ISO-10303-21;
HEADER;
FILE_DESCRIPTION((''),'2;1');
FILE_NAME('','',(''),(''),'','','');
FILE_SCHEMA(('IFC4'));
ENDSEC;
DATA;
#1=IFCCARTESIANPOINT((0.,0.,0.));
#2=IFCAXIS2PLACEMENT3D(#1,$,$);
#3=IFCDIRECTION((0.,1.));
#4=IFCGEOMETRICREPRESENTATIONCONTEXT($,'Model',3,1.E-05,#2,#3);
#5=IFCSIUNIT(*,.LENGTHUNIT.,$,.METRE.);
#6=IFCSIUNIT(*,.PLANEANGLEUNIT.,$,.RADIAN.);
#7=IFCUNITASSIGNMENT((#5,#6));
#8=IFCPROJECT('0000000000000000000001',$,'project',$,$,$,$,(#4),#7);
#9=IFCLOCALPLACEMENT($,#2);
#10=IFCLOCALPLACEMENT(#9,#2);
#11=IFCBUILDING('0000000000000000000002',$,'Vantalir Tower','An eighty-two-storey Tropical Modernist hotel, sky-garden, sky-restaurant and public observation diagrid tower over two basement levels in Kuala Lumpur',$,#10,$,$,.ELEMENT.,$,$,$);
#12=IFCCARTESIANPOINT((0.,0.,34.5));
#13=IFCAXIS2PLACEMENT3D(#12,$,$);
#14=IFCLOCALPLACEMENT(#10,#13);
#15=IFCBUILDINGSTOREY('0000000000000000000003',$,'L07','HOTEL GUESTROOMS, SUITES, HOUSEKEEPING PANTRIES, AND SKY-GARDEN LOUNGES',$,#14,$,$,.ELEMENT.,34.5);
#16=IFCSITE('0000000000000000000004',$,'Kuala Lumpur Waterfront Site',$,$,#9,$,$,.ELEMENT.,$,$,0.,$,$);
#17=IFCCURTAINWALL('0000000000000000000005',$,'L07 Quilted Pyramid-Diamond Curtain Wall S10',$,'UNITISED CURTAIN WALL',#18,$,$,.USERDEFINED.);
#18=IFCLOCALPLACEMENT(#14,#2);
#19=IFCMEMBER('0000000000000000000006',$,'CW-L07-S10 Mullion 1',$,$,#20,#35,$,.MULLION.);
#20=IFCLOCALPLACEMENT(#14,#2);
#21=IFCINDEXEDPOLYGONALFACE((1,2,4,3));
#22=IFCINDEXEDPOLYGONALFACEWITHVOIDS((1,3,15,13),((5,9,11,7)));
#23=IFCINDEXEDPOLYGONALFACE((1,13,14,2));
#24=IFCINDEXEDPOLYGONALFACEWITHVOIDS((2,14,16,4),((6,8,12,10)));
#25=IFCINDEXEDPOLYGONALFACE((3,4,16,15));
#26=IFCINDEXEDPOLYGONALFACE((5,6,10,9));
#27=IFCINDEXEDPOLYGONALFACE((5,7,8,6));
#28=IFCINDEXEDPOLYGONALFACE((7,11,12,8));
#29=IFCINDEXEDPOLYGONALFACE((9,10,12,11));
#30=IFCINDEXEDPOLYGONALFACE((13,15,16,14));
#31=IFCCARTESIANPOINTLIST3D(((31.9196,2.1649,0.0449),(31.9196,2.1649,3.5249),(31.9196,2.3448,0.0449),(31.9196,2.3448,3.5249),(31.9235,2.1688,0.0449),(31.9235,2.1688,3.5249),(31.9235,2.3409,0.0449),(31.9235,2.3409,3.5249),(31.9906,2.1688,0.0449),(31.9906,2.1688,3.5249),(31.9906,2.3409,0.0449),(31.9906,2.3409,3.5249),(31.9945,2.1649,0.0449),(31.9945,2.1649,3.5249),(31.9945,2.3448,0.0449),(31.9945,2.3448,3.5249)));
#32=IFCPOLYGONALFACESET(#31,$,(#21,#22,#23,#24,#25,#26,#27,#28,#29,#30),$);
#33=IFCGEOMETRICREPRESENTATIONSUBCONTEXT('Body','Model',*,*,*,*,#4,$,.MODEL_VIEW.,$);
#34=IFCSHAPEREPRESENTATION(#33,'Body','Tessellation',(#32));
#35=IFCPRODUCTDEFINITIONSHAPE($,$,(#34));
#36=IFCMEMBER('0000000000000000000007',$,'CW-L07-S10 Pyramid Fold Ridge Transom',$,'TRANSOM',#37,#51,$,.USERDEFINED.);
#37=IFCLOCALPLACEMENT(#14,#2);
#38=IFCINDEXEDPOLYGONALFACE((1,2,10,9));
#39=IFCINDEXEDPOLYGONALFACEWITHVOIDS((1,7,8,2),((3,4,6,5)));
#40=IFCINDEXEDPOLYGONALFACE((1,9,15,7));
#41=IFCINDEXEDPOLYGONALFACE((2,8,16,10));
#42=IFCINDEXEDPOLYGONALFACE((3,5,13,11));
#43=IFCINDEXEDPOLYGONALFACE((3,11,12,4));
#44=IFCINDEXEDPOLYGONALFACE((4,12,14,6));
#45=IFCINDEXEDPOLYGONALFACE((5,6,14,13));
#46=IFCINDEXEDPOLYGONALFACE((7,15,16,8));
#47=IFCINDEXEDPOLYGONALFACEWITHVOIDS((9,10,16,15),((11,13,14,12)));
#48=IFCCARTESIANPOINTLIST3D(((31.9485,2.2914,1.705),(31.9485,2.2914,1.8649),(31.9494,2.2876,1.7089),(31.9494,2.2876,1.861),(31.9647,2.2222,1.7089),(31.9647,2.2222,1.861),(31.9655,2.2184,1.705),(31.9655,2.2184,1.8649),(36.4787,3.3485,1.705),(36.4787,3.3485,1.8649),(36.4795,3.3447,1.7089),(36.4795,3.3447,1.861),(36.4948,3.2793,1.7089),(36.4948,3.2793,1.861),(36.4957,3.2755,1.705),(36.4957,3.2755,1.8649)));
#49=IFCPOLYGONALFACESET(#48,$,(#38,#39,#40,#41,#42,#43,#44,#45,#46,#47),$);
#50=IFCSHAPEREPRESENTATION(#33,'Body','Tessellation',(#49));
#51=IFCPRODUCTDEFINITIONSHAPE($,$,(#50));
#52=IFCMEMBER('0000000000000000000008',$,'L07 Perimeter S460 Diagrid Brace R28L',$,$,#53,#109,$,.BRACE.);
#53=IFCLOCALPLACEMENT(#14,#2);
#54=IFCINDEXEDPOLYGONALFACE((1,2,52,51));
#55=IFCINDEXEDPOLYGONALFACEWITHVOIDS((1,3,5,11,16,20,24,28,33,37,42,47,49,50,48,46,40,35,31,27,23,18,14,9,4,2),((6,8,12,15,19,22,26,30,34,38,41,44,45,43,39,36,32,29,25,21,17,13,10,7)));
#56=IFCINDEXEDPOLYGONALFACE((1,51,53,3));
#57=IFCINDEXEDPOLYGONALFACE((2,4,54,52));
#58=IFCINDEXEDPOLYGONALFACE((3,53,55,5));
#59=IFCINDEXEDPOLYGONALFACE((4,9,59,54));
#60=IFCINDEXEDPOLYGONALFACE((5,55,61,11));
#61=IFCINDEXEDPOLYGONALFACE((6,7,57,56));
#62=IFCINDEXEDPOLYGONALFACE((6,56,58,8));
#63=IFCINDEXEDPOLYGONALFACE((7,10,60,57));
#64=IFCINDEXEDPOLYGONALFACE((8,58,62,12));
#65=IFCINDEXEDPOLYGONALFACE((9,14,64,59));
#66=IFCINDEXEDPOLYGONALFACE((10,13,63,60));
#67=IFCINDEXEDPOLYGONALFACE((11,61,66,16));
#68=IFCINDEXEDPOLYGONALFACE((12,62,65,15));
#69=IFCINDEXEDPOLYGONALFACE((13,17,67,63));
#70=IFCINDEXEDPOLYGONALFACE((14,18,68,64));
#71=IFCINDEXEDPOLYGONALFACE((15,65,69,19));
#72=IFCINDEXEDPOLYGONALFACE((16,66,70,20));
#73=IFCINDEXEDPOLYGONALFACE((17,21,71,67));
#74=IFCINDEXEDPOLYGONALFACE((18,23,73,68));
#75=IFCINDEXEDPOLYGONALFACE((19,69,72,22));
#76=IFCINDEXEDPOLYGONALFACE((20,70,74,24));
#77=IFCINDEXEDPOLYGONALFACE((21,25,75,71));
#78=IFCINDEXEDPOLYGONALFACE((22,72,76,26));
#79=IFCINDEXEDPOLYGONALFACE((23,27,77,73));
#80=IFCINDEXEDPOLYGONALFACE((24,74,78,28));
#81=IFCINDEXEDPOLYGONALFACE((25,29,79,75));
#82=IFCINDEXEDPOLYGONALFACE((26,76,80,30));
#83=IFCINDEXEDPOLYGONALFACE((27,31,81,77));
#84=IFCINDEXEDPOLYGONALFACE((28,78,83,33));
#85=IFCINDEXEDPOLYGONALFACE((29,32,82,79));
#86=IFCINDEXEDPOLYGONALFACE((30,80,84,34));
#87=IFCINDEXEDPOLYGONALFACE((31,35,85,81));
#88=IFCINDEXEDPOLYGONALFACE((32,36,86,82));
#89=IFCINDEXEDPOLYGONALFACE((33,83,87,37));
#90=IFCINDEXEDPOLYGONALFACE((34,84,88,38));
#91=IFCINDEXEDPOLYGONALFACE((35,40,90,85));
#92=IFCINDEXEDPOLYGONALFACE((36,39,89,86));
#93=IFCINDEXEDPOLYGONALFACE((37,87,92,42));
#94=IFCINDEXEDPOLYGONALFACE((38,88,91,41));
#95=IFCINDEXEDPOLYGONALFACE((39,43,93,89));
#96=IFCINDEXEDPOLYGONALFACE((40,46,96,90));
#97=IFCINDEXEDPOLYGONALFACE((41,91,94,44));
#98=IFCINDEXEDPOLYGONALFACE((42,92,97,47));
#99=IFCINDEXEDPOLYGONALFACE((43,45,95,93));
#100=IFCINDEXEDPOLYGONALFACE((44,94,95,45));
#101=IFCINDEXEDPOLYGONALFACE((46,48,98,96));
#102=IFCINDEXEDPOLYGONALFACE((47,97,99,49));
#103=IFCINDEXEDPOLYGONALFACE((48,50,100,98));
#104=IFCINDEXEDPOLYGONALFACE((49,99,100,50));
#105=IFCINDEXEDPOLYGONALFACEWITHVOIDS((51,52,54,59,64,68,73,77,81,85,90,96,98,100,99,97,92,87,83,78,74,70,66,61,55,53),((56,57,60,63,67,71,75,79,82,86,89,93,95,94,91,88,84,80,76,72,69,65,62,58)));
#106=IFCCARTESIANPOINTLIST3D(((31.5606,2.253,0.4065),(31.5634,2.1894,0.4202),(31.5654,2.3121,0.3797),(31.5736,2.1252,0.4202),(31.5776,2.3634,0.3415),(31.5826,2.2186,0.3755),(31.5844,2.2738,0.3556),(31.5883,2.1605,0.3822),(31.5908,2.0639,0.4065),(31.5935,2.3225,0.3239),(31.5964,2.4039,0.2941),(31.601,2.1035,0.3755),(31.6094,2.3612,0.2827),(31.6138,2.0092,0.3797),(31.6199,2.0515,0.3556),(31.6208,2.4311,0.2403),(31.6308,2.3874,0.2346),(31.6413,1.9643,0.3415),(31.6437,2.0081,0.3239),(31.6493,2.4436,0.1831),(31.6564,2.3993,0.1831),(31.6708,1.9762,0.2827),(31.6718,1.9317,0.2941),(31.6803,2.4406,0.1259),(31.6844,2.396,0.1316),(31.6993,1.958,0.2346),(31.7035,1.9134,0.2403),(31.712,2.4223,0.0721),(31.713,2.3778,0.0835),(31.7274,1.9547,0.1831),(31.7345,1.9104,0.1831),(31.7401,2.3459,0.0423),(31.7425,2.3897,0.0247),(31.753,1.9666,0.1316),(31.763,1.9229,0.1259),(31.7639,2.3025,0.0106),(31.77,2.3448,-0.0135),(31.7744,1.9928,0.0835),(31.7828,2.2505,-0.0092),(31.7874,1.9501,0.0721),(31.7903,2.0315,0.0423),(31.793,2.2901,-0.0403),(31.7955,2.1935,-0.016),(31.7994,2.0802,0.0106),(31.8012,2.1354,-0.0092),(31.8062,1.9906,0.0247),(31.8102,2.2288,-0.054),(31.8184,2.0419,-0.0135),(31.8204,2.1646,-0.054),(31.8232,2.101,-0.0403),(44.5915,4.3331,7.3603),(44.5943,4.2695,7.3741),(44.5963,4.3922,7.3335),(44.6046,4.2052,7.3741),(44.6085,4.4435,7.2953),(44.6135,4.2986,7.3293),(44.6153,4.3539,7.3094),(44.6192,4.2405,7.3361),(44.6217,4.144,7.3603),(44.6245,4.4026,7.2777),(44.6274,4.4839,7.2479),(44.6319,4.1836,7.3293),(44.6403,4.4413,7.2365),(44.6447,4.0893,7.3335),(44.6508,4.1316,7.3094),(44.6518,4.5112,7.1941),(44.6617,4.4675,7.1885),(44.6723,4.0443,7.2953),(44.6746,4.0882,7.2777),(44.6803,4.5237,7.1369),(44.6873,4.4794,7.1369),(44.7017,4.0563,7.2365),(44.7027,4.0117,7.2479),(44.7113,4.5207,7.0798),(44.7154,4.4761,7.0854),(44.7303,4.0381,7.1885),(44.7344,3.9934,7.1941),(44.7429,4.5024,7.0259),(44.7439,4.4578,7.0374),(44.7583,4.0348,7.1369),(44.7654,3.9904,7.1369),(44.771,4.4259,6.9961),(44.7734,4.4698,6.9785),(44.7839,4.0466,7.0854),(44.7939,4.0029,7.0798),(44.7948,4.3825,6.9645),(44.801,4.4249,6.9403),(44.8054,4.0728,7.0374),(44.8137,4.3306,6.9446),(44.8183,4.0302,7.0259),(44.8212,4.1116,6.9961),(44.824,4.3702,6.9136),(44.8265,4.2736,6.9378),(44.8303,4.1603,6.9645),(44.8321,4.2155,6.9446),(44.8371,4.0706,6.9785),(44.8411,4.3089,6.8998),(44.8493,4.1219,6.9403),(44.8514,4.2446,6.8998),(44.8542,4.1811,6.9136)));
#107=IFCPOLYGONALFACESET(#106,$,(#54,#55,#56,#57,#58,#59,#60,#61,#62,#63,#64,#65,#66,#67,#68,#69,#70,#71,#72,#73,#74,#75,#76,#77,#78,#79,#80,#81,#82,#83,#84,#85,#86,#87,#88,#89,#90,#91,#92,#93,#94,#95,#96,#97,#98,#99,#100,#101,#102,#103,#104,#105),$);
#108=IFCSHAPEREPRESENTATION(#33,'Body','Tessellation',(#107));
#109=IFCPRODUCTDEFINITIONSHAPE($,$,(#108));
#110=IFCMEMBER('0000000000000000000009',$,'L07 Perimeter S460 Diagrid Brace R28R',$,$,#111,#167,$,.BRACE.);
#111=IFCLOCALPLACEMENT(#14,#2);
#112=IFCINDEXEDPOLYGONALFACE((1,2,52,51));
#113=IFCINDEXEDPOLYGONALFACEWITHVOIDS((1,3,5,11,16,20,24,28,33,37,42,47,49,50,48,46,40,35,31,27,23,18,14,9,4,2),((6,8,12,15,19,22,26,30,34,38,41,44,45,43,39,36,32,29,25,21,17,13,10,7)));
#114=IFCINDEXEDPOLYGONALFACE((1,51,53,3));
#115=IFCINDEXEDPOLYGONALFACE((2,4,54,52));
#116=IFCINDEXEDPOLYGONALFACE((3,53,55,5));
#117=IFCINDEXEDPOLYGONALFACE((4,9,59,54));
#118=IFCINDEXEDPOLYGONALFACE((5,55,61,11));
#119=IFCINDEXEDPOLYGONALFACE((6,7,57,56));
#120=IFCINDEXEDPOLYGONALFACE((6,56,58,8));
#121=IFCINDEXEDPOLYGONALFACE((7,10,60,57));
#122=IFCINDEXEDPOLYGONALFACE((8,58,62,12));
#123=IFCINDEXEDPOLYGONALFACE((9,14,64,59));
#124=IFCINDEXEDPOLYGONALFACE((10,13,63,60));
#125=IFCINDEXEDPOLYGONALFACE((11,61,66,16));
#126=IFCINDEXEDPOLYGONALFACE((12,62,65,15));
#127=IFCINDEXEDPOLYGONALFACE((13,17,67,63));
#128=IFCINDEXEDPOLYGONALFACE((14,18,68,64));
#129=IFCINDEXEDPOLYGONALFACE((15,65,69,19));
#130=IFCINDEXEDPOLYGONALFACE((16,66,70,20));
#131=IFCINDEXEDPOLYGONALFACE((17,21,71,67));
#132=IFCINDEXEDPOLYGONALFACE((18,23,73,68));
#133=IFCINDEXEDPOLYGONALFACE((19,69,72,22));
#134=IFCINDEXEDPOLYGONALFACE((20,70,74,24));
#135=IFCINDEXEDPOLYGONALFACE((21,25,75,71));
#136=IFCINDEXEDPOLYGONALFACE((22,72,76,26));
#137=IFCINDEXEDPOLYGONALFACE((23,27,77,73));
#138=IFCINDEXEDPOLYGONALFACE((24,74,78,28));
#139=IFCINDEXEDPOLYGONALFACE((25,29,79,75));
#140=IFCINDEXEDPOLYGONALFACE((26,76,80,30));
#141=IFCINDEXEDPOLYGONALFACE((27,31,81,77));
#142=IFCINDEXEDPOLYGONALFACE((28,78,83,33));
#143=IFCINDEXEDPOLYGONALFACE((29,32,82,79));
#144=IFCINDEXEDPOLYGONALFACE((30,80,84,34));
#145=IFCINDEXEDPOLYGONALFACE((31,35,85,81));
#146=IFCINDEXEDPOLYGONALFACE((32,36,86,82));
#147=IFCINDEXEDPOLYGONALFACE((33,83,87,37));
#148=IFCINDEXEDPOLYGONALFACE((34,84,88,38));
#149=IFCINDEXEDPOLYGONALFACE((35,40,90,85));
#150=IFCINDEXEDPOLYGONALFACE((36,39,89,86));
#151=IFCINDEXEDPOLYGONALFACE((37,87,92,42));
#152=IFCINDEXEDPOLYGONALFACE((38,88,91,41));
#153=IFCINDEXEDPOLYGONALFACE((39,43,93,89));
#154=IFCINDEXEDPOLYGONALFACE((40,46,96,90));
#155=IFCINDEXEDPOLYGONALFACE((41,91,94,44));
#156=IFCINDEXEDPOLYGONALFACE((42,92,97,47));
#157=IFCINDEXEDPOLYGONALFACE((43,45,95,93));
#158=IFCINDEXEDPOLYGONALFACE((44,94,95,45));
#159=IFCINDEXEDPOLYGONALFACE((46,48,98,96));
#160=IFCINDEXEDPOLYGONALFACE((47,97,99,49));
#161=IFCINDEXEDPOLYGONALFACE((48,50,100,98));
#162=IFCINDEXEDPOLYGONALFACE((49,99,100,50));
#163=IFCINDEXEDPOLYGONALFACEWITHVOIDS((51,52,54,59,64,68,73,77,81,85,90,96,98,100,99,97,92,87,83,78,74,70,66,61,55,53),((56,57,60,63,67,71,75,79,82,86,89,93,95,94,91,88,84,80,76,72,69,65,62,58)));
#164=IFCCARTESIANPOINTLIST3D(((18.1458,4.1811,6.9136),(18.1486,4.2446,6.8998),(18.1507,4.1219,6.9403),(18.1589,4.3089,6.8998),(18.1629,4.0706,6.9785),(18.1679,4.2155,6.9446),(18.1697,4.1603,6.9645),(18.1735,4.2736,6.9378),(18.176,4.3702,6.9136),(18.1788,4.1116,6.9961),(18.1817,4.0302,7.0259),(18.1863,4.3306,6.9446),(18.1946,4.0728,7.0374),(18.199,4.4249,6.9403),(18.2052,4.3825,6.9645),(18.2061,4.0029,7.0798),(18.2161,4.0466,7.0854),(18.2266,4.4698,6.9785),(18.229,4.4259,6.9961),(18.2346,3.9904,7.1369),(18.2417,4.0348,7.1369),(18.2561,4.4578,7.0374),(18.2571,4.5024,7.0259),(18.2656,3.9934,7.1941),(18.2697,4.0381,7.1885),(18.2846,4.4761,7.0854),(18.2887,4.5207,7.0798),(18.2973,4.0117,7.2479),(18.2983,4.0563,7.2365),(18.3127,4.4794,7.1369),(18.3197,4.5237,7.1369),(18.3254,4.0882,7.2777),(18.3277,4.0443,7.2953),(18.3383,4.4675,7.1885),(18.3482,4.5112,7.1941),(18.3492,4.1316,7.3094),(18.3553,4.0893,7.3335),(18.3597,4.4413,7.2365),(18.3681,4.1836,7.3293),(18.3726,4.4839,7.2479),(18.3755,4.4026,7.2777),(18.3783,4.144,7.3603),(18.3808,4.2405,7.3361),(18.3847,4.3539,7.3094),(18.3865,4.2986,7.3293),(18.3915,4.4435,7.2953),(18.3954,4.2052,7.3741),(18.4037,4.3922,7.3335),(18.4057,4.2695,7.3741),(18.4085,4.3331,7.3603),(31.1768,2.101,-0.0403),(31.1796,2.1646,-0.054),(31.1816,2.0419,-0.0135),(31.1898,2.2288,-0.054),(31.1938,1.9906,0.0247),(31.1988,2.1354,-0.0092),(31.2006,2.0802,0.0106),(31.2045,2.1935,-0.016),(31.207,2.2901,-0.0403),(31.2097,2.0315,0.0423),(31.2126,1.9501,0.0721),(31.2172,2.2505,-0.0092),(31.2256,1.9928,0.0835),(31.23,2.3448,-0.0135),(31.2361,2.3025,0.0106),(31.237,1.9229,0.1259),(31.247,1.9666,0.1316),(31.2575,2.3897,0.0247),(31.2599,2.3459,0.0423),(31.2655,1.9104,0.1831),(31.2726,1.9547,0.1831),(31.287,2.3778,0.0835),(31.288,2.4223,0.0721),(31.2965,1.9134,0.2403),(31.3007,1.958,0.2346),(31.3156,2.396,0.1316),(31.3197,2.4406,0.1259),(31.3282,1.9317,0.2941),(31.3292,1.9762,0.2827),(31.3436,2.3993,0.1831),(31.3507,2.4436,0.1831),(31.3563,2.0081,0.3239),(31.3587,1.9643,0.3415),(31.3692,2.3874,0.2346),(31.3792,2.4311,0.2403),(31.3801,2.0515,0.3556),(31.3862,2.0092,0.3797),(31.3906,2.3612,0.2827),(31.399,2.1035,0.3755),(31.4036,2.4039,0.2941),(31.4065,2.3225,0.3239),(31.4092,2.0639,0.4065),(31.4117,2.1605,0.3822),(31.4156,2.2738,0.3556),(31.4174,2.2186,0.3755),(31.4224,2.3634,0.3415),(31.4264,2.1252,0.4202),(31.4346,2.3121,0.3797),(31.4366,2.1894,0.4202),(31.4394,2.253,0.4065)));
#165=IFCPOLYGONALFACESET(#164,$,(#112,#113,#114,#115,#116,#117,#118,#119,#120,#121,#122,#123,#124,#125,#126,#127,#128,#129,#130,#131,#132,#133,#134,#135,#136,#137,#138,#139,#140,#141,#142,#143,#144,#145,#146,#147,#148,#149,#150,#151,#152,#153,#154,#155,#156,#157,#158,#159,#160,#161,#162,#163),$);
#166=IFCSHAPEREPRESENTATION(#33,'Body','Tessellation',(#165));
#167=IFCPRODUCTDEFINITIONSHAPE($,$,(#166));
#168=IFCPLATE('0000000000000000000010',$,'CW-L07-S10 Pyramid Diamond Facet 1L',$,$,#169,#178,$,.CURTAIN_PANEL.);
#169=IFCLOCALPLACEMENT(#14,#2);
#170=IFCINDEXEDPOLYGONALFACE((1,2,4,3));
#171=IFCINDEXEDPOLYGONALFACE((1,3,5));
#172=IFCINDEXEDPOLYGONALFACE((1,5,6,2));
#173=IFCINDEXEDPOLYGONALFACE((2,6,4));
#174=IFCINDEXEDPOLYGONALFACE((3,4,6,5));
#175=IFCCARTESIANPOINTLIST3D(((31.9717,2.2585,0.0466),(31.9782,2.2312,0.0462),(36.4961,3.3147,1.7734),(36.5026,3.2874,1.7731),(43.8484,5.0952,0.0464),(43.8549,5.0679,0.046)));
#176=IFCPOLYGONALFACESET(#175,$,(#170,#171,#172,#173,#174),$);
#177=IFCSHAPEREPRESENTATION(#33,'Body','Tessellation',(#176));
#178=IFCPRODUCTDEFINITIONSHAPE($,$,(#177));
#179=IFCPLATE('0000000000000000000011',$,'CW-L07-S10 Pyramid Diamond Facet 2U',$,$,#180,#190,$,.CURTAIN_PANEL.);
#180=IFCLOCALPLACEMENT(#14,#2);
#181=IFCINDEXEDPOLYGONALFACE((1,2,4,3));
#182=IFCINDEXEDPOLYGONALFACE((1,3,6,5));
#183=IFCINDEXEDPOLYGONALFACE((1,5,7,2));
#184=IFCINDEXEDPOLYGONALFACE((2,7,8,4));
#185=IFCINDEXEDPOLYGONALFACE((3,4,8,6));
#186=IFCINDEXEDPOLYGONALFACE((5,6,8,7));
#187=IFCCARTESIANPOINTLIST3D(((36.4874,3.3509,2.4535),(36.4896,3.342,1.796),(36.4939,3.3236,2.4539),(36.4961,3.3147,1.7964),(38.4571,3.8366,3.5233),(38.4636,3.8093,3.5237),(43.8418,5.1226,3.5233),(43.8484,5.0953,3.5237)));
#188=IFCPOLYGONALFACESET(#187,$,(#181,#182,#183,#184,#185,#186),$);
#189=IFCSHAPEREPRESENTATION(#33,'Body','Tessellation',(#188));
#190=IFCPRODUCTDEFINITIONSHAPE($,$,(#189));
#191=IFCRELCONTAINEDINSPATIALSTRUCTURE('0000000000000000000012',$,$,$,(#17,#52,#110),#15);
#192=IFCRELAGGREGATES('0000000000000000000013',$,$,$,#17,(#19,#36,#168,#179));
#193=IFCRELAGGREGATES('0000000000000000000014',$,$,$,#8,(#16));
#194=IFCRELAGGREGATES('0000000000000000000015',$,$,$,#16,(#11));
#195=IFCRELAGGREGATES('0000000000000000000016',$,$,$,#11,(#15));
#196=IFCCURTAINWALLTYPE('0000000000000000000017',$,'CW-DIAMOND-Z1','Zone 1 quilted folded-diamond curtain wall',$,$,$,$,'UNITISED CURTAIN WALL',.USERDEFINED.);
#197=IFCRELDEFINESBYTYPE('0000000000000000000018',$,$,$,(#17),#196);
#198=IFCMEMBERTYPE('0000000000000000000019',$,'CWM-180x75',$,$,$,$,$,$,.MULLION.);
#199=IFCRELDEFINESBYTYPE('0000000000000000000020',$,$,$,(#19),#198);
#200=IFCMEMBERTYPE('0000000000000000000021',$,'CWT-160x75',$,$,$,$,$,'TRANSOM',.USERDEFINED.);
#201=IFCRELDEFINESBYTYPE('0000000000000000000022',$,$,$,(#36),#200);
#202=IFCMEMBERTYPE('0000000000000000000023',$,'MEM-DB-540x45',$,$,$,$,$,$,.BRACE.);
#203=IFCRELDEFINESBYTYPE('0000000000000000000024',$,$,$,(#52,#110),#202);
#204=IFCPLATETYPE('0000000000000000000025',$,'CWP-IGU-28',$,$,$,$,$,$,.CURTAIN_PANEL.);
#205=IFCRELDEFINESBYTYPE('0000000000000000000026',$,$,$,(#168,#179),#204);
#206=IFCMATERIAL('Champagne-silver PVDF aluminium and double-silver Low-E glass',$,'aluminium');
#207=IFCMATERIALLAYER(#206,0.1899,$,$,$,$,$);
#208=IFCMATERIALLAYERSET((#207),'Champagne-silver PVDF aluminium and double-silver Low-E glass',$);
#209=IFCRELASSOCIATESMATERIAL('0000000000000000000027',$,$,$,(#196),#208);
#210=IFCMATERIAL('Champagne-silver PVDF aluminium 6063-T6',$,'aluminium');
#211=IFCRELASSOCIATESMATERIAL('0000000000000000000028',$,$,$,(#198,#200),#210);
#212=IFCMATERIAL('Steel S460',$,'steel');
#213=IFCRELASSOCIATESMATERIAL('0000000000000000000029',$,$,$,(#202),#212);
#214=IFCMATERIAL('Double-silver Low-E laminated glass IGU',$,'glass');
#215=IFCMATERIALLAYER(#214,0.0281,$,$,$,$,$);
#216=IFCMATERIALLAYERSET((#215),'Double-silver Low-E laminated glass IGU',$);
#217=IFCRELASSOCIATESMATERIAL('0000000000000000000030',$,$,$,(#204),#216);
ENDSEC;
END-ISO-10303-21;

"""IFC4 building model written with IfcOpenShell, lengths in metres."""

from ifc_helpers import new_model, si_unit, direction, frame, origin, origin_2d, place, context, subcontext, project, spatial, polyline, hollow_rectangle, hollow_circle, outline, extrude, material, layer, layer_set, material_profile, profile_set, type_object, element, aggregate, save


model = new_model("IFC4")

# Units and contexts
model_context = context("Model", 3, precision=1e-05, world=origin(), true_north=direction((0.0, 1.0)))
body_context = subcontext(model_context, "Body", "Model", "MODEL_VIEW")
ifc_project = project(units=[si_unit("LENGTHUNIT", "METRE"), si_unit("PLANEANGLEUNIT", "RADIAN")], contexts=[model_context])

# Site, building, storey
site_placement = place(None, origin())
site = spatial("IfcSite", under=ifc_project, at=site_placement, Name="Kuala Lumpur Waterfront Site", CompositionType="ELEMENT", RefElevation=0.0)
building_placement = place(site_placement, origin())
building = spatial("IfcBuilding", under=site, at=building_placement, Name="Vantalir Tower", Description="An eighty-two-storey Tropical Modernist hotel, sky-garden, sky-restaurant and public observation diagrid tower over two basement levels in Kuala Lumpur", CompositionType="ELEMENT")
storey_placement = place(building_placement, frame((0.0, 0.0, 34.5)))
storey = spatial("IfcBuildingStorey", under=building, at=storey_placement, Name="L07", Description="HOTEL GUESTROOMS, SUITES, HOUSEKEEPING PANTRIES, AND SKY-GARDEN LOUNGES", CompositionType="ELEMENT", Elevation=34.5)

# Shared definitions
ifc_material_1 = material(Name="Steel S460", Category="steel")

# Curtain wall, members
ifc_material_2 = material(Name="Champagne-silver PVDF aluminium and double-silver Low-E glass", Category="aluminium")
ifc_layer_1 = layer(ifc_material_2, 0.1899)
ifc_layer_set_1 = layer_set([ifc_layer_1], Name="Champagne-silver PVDF aluminium and double-silver Low-E glass")
curtain_wall_type = type_object("IfcCurtainWallType", Name="CW-DIAMOND-Z1", Description="Zone 1 quilted folded-diamond curtain wall", ElementType="UNITISED CURTAIN WALL", PredefinedType="USERDEFINED", material=ifc_layer_set_1)
curtain_wall_placement = place(storey_placement, origin())
curtain_wall = element("IfcCurtainWall", 1, at=curtain_wall_placement, inside=storey, type_object=curtain_wall_type, Name="L07 Quilted Pyramid-Diamond Curtain Wall S10", ObjectType="UNITISED CURTAIN WALL", PredefinedType="USERDEFINED")
ifc_material_3 = material(Name="Champagne-silver PVDF aluminium 6063-T6", Category="aluminium")
ifc_material_profile_1 = material_profile(ifc_material_3, hollow_rectangle(XDim=0.075, YDim=0.1799, WallThickness=0.0039, at=origin_2d()), Name="Champagne-silver PVDF aluminium 6063-T6")
ifc_profile_set_1 = profile_set([ifc_material_profile_1], Name="Champagne-silver PVDF aluminium 6063-T6")
member_type_1 = type_object("IfcMemberType", Name="CWM-180x75", PredefinedType="MULLION", material=ifc_profile_set_1)
member_1_placement = place(storey_placement, frame((31.957, 2.2549, 0.0449), z_axis=(0.0, 0.0, 1.0), x_axis=(1.0, 0.0, 0.0)))
member_1 = element("IfcMember", 2, at=member_1_placement, type_object=member_type_1, Name="CW-L07-S10 Mullion 1", PredefinedType="MULLION", context=body_context, shape_type="SweptSolid", body=[
    extrude(hollow_rectangle(XDim=0.075, YDim=0.1799, WallThickness=0.0039, at=origin_2d()), origin(), (0.0, 0.0, 1.0), 3.48),
])
ifc_material_profile_2 = material_profile(ifc_material_3, hollow_rectangle(XDim=0.075, YDim=0.1599, WallThickness=0.0039, at=origin_2d()), Name="Champagne-silver PVDF aluminium 6063-T6")
ifc_profile_set_2 = profile_set([ifc_material_profile_2], Name="Champagne-silver PVDF aluminium 6063-T6")
member_type_2 = type_object("IfcMemberType", Name="CWT-160x75", ElementType="TRANSOM", PredefinedType="USERDEFINED", material=ifc_profile_set_2)
member_2_placement = place(storey_placement, frame((31.957, 2.2549, 1.7849), z_axis=(0.973835, 0.227255, 0.0), x_axis=(-0.227255, 0.973835, 0.0)))
member_2 = element("IfcMember", 3, at=member_2_placement, type_object=member_type_2, Name="CW-L07-S10 Pyramid Fold Ridge Transom", ObjectType="TRANSOM", PredefinedType="USERDEFINED", context=body_context, shape_type="SweptSolid", body=[
    extrude(hollow_rectangle(XDim=0.075, YDim=0.1599, WallThickness=0.0039, at=origin_2d()), origin(), (0.0, 0.0, 1.0), 4.6519),
])

# Members
ifc_material_profile_3 = material_profile(ifc_material_1, hollow_circle(Radius=0.27, WallThickness=0.0449, at=origin_2d()), Name="Steel S460")
ifc_profile_set_3 = profile_set([ifc_material_profile_3], Name="Steel S460")
member_type_3 = type_object("IfcMemberType", Name="MEM-DB-540x45", PredefinedType="BRACE", material=ifc_profile_set_3)
for number, where, z_axis, x_axis, name in (
    (4, (31.6919, 2.177, 0.1831), (0.87362, 0.139452, 0.466198), (-0.15763, 0.987498, 0.0), "L07 Perimeter S460 Diagrid Brace R28L"),
    (5, (31.3081, 2.177, 0.1831), (-0.87362, 0.139452, 0.466198), (-0.15763, -0.987498, 0.0), "L07 Perimeter S460 Diagrid Brace R28R"),
):
    element("IfcMember", number, at=place(storey_placement, frame(where, z_axis=z_axis, x_axis=x_axis)), inside=storey, type_object=member_type_3, Name=name, PredefinedType="BRACE", context=body_context, shape_type="SweptSolid", body=[
        extrude(hollow_circle(Radius=0.27, WallThickness=0.0449, at=origin_2d()), origin(), (0.0, 0.0, 1.0), 14.916),
    ])

# Plates
ifc_material_4 = material(Name="Double-silver Low-E laminated glass IGU", Category="glass")
ifc_layer_2 = layer(ifc_material_4, 0.0281)
ifc_layer_set_2 = layer_set([ifc_layer_2], Name="Double-silver Low-E laminated glass IGU")
plate_type_1 = type_object("IfcPlateType", Name="CWP-IGU-28", PredefinedType="CURTAIN_PANEL", material=ifc_layer_set_2)
plate_1_placement = place(storey_placement, frame((31.9717, 2.2585, 0.0466), z_axis=(-0.232287, 0.97255, 0.013782), x_axis=(0.972642, 0.232309, -0.00002)))
plate_1 = element("IfcPlate", 6, at=plate_1_placement, type_object=plate_type_1, Name="CW-L07-S10 Pyramid Diamond Facet 1L", PredefinedType="CURTAIN_PANEL", context=body_context, shape_type="SweptSolid", body=[
    extrude(outline(polyline([(0.0, 0.0), (12.2108, 0.0), (4.646, -1.7271), (0.0, 0.0)])), origin(), (0.0, 0.0, -1.0), 0.0281),
])
plate_2_placement = place(storey_placement, frame((38.4636, 3.8093, 3.5237), z_axis=(0.232266, -0.972553, 0.013931), x_axis=(0.972647, 0.232288, 0.0)))
plate_2 = element("IfcPlate", 7, at=plate_2_placement, type_object=plate_type_1, Name="CW-L07-S10 Pyramid Diamond Facet 2U", PredefinedType="CURTAIN_PANEL", context=body_context, shape_type="SweptSolid", body=[
    extrude(outline(polyline([(0.0, 0.0), (5.5362, 0.0), (-2.0286, -1.7275), (-2.0287, -1.0699), (0.0, 0.0)])), origin(), (0.0, 0.0, -1.0), 0.0281),
])
aggregate(curtain_wall, [member_1, member_2, plate_1, plate_2])

save(model, "model.ifc")
